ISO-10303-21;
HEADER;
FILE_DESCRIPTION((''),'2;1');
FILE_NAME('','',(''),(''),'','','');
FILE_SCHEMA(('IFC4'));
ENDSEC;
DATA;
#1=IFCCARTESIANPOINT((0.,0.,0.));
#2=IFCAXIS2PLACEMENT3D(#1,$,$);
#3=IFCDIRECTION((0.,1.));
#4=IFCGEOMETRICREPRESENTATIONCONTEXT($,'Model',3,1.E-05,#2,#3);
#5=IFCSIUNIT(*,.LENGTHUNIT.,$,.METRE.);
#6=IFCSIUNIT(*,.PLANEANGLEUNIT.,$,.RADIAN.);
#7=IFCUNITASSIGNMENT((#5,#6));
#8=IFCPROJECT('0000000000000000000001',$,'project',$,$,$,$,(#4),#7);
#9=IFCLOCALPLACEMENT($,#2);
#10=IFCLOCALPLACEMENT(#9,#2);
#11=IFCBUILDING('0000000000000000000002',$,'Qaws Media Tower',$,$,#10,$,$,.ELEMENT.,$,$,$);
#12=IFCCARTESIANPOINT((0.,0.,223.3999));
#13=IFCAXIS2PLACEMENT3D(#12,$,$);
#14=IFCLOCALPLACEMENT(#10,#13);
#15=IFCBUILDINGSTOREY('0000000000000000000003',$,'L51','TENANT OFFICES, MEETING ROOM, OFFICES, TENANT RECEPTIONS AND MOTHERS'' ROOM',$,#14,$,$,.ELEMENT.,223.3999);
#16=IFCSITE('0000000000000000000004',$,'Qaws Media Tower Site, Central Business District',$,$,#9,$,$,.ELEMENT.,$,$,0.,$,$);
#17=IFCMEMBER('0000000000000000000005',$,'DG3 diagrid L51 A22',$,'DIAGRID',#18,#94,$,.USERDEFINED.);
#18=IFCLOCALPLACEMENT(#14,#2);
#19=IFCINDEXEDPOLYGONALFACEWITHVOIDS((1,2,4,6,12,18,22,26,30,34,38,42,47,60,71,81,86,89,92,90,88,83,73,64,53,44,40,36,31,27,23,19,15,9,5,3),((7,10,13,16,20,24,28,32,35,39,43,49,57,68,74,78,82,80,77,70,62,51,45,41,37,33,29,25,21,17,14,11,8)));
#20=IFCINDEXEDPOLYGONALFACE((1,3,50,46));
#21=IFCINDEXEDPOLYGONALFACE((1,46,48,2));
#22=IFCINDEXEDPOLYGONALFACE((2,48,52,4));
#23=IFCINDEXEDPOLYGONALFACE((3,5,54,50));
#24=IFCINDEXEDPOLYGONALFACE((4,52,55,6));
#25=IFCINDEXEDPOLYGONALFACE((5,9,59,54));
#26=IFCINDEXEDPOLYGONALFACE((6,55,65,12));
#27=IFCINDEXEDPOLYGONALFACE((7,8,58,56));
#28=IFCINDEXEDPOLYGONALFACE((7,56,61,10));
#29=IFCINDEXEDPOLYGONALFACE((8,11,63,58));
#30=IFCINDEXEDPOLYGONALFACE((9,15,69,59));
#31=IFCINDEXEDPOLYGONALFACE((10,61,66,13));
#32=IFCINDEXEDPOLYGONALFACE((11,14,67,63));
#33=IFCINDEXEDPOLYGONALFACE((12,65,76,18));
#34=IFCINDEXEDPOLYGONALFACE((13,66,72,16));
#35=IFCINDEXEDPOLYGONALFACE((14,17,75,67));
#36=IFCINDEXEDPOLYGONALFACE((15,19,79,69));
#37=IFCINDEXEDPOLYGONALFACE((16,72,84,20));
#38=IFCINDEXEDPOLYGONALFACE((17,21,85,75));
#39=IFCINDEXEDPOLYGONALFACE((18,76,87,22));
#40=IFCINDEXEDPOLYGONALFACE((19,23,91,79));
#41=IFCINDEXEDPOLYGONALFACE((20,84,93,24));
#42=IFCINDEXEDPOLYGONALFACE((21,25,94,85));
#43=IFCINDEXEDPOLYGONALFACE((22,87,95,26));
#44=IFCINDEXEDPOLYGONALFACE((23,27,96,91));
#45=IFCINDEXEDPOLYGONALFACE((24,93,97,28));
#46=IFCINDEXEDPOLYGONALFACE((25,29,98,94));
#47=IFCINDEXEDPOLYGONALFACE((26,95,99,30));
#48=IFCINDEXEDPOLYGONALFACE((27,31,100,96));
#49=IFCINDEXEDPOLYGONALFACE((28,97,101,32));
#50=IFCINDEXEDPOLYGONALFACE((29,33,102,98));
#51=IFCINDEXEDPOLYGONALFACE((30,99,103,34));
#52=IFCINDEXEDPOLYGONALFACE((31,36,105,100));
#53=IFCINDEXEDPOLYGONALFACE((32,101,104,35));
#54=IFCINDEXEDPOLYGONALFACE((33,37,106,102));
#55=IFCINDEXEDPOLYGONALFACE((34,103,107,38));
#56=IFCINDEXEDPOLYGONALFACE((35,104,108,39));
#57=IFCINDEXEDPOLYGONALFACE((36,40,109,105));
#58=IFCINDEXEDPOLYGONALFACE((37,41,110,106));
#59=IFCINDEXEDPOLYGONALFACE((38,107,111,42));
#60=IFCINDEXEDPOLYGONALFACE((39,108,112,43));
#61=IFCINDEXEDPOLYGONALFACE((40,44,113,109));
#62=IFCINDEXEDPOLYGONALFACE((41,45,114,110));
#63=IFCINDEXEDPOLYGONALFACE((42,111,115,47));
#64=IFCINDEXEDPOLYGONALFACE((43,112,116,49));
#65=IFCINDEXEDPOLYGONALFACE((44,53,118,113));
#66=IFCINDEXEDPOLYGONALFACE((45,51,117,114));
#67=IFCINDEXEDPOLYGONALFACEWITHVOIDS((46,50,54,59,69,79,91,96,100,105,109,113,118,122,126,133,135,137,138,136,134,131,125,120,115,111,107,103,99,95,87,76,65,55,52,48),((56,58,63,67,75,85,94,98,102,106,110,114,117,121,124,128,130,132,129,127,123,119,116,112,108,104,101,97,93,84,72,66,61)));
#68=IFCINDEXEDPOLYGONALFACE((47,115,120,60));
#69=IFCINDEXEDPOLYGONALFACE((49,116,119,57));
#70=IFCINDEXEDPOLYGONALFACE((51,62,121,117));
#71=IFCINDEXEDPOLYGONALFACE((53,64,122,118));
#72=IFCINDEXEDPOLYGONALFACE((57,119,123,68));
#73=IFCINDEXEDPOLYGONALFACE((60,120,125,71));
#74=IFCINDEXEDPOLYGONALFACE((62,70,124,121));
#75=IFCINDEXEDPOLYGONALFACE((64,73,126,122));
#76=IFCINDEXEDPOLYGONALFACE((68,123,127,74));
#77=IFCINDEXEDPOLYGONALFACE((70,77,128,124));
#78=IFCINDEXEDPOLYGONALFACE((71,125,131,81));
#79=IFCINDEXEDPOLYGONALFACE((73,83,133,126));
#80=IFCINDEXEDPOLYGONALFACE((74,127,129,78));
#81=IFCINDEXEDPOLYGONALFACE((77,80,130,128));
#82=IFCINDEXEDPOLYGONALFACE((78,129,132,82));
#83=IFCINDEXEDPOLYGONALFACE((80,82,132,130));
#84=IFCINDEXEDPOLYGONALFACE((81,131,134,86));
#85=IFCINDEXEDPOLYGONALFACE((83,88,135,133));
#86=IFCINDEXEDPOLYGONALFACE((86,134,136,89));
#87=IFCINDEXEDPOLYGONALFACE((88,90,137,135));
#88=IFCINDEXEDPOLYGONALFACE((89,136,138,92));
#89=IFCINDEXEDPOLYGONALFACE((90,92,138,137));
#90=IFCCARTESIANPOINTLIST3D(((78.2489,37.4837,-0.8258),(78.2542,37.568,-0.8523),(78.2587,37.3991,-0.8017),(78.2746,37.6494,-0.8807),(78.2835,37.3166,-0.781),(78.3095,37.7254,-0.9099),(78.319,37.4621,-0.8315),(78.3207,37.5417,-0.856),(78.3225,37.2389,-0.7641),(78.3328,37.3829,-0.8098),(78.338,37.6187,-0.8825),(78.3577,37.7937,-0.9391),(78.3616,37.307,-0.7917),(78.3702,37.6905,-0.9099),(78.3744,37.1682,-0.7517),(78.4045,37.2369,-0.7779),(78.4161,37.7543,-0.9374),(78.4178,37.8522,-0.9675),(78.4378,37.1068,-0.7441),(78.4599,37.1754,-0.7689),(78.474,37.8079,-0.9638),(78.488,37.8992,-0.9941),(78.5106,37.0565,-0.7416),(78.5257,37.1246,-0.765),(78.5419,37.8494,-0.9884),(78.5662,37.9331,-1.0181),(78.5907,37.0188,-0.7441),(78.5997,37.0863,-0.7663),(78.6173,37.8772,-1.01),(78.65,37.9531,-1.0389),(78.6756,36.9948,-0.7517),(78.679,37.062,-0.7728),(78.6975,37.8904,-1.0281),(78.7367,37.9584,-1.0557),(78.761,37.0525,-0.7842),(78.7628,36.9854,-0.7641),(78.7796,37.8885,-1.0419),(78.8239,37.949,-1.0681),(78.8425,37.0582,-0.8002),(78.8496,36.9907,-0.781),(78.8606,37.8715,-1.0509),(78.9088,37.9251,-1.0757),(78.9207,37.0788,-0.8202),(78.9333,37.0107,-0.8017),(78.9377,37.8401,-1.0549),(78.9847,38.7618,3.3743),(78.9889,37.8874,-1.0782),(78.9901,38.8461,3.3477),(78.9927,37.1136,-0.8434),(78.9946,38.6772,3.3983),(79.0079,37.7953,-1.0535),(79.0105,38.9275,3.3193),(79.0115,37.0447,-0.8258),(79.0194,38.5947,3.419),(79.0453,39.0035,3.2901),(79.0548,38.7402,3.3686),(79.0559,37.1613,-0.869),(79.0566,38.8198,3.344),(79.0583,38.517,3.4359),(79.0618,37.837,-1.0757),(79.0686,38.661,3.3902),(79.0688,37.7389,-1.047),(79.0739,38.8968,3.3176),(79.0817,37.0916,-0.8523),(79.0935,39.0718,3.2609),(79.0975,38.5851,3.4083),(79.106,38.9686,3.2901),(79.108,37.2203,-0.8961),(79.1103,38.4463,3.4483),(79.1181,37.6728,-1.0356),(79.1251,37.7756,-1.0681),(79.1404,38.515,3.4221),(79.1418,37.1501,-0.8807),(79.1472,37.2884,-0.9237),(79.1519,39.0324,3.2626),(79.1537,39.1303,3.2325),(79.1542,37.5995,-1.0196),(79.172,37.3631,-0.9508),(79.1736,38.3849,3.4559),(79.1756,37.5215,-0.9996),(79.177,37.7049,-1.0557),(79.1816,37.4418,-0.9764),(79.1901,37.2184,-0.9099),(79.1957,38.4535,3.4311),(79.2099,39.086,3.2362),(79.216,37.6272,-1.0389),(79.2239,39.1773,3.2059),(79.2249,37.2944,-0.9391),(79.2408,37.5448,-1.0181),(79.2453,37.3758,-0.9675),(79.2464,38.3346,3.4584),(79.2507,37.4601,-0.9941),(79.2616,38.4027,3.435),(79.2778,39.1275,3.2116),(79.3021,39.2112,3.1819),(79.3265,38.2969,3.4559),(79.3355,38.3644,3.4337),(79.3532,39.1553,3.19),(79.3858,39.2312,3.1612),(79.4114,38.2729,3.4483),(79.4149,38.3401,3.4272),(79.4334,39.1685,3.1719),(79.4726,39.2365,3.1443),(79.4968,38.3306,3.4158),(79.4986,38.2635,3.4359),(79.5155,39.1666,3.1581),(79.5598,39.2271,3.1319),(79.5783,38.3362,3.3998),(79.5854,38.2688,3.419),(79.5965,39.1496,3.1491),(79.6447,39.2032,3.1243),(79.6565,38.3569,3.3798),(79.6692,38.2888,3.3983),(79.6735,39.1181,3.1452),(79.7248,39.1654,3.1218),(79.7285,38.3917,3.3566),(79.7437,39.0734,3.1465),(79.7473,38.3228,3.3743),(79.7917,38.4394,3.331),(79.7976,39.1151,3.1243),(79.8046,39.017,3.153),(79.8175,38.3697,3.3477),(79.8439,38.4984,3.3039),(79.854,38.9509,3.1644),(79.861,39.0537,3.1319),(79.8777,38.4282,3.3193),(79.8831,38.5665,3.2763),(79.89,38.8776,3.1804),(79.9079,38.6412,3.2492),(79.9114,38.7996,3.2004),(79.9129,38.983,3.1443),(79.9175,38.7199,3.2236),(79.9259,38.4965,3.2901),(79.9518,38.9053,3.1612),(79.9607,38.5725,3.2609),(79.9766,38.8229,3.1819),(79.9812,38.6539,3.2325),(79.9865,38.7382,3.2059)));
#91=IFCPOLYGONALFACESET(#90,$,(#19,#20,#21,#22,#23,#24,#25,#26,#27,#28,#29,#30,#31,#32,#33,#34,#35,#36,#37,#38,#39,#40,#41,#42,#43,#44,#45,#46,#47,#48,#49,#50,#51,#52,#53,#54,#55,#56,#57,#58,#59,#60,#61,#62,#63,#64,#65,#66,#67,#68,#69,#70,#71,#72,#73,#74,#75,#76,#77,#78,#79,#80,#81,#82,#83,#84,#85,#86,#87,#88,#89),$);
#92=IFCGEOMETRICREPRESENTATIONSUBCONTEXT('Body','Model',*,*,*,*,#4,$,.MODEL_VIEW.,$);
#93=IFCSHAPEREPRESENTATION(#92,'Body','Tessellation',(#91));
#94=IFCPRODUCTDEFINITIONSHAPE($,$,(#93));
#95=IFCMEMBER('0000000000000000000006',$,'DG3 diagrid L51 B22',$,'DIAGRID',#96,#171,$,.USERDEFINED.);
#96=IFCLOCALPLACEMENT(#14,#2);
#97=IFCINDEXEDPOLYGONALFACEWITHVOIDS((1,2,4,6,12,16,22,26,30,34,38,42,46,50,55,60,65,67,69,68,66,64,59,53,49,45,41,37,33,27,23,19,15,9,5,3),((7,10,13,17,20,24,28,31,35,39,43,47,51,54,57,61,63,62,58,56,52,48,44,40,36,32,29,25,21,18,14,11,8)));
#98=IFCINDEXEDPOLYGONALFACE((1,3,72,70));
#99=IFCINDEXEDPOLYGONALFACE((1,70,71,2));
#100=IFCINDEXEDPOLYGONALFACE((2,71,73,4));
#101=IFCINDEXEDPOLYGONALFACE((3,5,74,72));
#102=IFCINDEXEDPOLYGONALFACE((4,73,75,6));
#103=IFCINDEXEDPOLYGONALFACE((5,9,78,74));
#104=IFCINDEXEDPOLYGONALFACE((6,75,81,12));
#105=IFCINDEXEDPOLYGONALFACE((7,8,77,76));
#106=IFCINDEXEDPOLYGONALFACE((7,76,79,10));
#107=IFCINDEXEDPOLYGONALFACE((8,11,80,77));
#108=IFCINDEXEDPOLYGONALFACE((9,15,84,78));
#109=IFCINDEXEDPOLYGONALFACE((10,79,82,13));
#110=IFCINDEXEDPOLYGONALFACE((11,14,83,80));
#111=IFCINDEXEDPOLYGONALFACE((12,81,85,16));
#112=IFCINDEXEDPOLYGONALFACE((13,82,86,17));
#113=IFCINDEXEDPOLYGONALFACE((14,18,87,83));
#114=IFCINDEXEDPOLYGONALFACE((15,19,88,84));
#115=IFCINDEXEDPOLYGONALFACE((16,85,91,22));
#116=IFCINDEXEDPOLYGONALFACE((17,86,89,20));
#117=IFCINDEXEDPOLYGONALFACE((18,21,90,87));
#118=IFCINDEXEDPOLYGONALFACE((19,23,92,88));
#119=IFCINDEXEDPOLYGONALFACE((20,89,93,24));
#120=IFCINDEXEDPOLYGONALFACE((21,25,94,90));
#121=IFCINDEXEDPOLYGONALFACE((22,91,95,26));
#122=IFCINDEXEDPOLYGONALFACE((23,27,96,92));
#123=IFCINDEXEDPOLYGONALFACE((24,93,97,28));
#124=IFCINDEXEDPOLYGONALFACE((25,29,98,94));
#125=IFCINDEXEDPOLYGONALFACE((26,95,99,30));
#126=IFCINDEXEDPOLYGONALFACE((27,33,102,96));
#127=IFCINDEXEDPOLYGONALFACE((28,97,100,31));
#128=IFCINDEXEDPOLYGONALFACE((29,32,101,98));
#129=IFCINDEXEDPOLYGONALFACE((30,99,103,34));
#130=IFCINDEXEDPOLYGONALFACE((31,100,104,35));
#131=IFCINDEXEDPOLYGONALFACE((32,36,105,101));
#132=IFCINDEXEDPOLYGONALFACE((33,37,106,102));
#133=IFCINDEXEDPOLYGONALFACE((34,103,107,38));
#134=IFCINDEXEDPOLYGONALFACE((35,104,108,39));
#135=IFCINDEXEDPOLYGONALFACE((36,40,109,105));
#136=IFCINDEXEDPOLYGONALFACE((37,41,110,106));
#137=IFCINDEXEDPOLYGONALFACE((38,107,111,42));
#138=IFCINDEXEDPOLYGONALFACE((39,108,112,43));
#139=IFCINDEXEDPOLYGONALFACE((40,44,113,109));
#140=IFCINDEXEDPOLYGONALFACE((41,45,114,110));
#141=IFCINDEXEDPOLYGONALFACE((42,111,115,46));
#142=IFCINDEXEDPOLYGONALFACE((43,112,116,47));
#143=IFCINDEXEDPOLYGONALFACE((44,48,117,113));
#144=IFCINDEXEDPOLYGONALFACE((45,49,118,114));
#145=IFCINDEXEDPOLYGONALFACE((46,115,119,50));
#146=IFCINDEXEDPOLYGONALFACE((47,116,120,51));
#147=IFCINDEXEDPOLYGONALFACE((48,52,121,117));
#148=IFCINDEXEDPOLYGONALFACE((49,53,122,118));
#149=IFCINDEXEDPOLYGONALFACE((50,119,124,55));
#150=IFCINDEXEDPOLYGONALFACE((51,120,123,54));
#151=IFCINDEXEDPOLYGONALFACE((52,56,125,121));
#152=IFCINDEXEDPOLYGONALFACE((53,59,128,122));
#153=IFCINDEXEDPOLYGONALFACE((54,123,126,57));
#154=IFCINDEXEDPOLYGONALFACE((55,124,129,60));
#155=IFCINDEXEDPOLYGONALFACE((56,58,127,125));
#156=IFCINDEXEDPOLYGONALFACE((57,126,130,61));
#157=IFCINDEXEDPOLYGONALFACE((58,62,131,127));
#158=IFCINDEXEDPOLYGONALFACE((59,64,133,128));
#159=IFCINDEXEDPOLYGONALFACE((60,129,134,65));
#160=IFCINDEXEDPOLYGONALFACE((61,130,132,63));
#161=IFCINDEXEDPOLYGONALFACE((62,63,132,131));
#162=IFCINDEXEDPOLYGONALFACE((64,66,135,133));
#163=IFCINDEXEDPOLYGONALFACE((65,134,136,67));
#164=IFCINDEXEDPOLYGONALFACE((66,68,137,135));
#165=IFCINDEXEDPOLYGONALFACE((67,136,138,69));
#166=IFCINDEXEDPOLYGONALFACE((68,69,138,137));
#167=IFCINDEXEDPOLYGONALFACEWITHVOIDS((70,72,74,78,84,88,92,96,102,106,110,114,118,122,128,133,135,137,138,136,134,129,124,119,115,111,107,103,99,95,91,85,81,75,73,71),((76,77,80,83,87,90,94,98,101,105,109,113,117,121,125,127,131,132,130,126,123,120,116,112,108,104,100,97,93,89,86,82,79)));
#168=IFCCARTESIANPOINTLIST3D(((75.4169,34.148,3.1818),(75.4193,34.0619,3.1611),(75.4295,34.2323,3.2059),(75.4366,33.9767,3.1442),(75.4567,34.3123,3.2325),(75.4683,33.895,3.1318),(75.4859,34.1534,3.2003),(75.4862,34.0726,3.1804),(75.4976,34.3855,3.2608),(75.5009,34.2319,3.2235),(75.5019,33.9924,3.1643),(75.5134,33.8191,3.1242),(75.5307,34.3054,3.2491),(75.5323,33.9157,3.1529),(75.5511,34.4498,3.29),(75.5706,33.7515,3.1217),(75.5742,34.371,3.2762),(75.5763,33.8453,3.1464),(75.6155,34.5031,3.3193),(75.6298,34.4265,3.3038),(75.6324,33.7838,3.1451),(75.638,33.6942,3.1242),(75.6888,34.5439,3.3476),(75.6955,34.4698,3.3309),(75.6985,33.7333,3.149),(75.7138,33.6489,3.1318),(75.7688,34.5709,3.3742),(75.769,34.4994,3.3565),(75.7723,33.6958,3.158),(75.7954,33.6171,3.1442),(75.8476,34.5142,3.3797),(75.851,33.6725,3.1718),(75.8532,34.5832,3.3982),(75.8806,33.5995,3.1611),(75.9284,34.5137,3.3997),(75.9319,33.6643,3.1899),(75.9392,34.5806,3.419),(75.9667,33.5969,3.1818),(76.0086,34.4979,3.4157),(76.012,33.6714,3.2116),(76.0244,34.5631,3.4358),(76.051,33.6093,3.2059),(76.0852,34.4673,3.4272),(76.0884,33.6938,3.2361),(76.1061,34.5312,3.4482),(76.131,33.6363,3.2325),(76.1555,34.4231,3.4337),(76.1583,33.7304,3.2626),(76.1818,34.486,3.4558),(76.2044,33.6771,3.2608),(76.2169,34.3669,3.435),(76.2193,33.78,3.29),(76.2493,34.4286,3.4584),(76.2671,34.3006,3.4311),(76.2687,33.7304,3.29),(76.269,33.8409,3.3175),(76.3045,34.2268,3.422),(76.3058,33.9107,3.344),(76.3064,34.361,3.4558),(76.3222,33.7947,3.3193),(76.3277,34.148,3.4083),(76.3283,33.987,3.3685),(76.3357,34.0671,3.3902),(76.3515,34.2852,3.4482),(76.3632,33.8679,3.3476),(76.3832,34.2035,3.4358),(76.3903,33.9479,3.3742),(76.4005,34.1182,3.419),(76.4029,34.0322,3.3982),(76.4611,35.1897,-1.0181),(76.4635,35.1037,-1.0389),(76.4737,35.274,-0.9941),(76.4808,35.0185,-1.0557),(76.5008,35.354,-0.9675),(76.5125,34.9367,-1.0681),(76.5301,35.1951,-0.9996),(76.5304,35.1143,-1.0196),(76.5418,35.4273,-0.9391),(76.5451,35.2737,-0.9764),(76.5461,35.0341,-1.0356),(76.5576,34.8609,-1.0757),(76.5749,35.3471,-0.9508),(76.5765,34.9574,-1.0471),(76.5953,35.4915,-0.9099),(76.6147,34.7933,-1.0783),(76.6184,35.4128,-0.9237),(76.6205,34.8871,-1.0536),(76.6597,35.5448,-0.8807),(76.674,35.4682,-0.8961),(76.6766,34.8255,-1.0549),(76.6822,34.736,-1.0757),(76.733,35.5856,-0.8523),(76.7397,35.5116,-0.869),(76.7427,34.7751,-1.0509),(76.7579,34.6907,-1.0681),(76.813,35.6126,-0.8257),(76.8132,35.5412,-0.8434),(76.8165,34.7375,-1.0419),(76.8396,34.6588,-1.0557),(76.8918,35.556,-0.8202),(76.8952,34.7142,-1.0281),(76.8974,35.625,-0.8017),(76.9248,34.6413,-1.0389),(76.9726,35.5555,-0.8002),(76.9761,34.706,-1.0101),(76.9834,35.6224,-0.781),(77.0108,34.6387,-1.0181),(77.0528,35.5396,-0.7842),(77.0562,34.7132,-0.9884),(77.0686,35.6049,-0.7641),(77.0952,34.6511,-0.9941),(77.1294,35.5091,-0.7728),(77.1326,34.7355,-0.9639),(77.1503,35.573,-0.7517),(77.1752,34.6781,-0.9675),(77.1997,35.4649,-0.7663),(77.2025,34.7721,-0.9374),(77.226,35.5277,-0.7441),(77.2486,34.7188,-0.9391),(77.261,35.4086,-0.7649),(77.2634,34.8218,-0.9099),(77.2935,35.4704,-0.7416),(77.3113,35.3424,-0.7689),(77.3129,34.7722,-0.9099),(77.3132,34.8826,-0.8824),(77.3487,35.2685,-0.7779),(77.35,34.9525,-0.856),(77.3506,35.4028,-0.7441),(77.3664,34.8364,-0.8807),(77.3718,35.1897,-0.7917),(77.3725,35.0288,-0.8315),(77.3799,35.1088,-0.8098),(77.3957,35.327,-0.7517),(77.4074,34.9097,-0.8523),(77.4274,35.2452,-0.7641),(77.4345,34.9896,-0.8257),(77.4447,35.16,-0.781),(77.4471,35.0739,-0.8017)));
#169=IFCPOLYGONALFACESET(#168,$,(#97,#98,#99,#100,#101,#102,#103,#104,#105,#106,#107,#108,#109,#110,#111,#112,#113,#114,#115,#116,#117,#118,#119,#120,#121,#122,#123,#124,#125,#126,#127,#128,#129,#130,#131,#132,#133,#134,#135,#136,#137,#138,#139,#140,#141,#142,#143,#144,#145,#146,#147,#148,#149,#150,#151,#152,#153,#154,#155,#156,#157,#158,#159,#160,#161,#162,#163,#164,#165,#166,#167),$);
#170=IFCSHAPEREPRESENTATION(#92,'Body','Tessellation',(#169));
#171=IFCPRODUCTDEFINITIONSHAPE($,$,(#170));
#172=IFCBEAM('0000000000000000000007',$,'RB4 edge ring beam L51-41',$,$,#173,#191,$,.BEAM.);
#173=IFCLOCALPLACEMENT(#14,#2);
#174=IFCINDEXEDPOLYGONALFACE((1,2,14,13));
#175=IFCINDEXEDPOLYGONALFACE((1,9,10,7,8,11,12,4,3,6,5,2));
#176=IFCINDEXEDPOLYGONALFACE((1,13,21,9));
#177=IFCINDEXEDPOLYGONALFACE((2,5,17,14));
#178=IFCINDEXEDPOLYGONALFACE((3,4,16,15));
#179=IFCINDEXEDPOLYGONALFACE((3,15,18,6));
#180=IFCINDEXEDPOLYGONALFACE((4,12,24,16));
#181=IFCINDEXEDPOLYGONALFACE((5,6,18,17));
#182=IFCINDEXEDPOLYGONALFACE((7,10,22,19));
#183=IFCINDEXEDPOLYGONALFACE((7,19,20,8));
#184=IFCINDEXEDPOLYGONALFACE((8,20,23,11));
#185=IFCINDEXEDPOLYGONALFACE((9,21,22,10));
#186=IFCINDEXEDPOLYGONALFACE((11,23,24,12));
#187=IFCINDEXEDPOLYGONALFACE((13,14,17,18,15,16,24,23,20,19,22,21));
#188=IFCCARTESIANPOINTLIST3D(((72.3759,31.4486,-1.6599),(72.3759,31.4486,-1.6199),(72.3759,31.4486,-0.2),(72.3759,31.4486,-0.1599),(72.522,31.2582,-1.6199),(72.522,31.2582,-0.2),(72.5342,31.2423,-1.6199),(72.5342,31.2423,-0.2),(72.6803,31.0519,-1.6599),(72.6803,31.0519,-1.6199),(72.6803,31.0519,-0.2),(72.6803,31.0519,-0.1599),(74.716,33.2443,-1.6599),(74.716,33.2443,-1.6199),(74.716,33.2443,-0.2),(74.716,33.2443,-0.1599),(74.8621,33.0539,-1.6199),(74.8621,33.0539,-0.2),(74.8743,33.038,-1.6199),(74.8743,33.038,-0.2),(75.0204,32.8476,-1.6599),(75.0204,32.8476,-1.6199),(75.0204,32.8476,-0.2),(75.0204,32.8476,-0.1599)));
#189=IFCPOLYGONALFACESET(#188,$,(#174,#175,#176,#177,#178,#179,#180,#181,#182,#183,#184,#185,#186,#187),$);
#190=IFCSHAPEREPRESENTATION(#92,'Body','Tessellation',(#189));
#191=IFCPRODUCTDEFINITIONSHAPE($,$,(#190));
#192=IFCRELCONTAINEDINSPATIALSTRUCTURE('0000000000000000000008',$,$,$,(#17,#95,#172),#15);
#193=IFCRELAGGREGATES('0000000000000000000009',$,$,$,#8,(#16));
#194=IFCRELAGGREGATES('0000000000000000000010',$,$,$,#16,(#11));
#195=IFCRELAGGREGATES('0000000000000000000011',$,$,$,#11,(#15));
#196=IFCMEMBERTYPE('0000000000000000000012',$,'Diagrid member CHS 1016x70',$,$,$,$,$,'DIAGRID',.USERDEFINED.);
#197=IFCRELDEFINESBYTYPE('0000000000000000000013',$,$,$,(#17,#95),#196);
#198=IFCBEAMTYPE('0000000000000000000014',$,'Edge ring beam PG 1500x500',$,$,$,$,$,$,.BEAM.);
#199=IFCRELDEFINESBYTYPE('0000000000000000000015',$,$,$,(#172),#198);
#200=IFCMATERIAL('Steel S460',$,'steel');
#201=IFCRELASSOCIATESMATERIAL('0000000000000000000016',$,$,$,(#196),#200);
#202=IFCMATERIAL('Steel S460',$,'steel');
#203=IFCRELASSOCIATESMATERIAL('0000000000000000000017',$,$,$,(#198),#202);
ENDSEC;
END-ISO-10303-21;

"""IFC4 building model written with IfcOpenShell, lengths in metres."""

from ifc_helpers import new_model, si_unit, direction, frame, origin, origin_2d, place, context, subcontext, project, spatial, hollow_circle, i_section, extrude, material, material_profile, profile_set, type_object, element, save


model = new_model("IFC4")

# Units and contexts
model_context = context("Model", 3, precision=1e-05, world=origin(), true_north=direction((0.0, 1.0)))
body_context = subcontext(model_context, "Body", "Model", "MODEL_VIEW")
ifc_project = project(units=[si_unit("LENGTHUNIT", "METRE"), si_unit("PLANEANGLEUNIT", "RADIAN")], contexts=[model_context])

# Site, building, storey
site_placement = place(None, origin())
site = spatial("IfcSite", under=ifc_project, at=site_placement, Name="Qaws Media Tower Site, Central Business District", CompositionType="ELEMENT", RefElevation=0.0)
building_placement = place(site_placement, origin())
building = spatial("IfcBuilding", under=site, at=building_placement, Name="Qaws Media Tower", CompositionType="ELEMENT")
storey_placement = place(building_placement, frame((0.0, 0.0, 223.3999)))
storey = spatial("IfcBuildingStorey", under=building, at=storey_placement, Name="L51", Description="TENANT OFFICES, MEETING ROOM, OFFICES, TENANT RECEPTIONS AND MOTHERS' ROOM", CompositionType="ELEMENT", Elevation=223.3999)

# Members
ifc_material_1 = material(Name="Steel S460", Category="steel")
ifc_material_profile_1 = material_profile(ifc_material_1, hollow_circle(Radius=0.5081, WallThickness=0.0701, at=origin_2d()), Name="CHS 1016x70")
ifc_profile_set_1 = profile_set([ifc_material_profile_1], Name="Steel S460")
member_type_1 = type_object("IfcMemberType", Name="Diagrid member CHS 1016x70", ElementType="DIAGRID", PredefinedType="USERDEFINED", material=ifc_profile_set_1)
for number, where, z_axis, x_axis, name in (
    (1, (78.7498, 37.4719, -0.9099), (0.165307, 0.287121, 0.943523), (-0.866629, 0.498953, 0.0), "DG3 diagrid L51 A22"),
    (2, (76.9541, 35.1318, -0.9099), (-0.234574, -0.234026, 0.943508), (0.706279, -0.707934, 0.0), "DG3 diagrid L51 B22"),
):
    element("IfcMember", number, at=place(storey_placement, frame(where, z_axis=z_axis, x_axis=x_axis)), inside=storey, type_object=member_type_1, Name=name, ObjectType="DIAGRID", PredefinedType="USERDEFINED", context=body_context, shape_type="SweptSolid", body=[
        extrude(hollow_circle(Radius=0.5081, WallThickness=0.0701, at=origin_2d()), origin(), (0.0, 0.0, 1.0), 4.4514),
    ])

# Beam
ifc_material_2 = material(Name="Steel S460", Category="steel")
ifc_material_profile_2 = material_profile(ifc_material_2, i_section(OverallWidth=0.5, OverallDepth=1.5, WebThickness=0.02, FlangeThickness=0.04, at=origin_2d()), Name="PG 1500x500")
ifc_profile_set_2 = profile_set([ifc_material_profile_2], Name="Steel S460")
beam_type = type_object("IfcBeamType", Name="Edge ring beam PG 1500x500", PredefinedType="BEAM", material=ifc_profile_set_2)
beam_1_placement = place(storey_placement, frame((72.5281, 31.2502, -0.9099), z_axis=(0.793347, 0.60877, 0.0), x_axis=(-0.60877, 0.793347, 0.0)))
element("IfcBeam", 3, at=beam_1_placement, inside=storey, type_object=beam_type, Name="RB4 edge ring beam L51-41", PredefinedType="BEAM", context=body_context, shape_type="SweptSolid", body=[
    extrude(i_section(OverallWidth=0.5, OverallDepth=1.5, WebThickness=0.02, FlangeThickness=0.04, at=origin_2d()), origin(), (0.0, 0.0, 1.0), 2.9497),
])

save(model, "model.ifc")
